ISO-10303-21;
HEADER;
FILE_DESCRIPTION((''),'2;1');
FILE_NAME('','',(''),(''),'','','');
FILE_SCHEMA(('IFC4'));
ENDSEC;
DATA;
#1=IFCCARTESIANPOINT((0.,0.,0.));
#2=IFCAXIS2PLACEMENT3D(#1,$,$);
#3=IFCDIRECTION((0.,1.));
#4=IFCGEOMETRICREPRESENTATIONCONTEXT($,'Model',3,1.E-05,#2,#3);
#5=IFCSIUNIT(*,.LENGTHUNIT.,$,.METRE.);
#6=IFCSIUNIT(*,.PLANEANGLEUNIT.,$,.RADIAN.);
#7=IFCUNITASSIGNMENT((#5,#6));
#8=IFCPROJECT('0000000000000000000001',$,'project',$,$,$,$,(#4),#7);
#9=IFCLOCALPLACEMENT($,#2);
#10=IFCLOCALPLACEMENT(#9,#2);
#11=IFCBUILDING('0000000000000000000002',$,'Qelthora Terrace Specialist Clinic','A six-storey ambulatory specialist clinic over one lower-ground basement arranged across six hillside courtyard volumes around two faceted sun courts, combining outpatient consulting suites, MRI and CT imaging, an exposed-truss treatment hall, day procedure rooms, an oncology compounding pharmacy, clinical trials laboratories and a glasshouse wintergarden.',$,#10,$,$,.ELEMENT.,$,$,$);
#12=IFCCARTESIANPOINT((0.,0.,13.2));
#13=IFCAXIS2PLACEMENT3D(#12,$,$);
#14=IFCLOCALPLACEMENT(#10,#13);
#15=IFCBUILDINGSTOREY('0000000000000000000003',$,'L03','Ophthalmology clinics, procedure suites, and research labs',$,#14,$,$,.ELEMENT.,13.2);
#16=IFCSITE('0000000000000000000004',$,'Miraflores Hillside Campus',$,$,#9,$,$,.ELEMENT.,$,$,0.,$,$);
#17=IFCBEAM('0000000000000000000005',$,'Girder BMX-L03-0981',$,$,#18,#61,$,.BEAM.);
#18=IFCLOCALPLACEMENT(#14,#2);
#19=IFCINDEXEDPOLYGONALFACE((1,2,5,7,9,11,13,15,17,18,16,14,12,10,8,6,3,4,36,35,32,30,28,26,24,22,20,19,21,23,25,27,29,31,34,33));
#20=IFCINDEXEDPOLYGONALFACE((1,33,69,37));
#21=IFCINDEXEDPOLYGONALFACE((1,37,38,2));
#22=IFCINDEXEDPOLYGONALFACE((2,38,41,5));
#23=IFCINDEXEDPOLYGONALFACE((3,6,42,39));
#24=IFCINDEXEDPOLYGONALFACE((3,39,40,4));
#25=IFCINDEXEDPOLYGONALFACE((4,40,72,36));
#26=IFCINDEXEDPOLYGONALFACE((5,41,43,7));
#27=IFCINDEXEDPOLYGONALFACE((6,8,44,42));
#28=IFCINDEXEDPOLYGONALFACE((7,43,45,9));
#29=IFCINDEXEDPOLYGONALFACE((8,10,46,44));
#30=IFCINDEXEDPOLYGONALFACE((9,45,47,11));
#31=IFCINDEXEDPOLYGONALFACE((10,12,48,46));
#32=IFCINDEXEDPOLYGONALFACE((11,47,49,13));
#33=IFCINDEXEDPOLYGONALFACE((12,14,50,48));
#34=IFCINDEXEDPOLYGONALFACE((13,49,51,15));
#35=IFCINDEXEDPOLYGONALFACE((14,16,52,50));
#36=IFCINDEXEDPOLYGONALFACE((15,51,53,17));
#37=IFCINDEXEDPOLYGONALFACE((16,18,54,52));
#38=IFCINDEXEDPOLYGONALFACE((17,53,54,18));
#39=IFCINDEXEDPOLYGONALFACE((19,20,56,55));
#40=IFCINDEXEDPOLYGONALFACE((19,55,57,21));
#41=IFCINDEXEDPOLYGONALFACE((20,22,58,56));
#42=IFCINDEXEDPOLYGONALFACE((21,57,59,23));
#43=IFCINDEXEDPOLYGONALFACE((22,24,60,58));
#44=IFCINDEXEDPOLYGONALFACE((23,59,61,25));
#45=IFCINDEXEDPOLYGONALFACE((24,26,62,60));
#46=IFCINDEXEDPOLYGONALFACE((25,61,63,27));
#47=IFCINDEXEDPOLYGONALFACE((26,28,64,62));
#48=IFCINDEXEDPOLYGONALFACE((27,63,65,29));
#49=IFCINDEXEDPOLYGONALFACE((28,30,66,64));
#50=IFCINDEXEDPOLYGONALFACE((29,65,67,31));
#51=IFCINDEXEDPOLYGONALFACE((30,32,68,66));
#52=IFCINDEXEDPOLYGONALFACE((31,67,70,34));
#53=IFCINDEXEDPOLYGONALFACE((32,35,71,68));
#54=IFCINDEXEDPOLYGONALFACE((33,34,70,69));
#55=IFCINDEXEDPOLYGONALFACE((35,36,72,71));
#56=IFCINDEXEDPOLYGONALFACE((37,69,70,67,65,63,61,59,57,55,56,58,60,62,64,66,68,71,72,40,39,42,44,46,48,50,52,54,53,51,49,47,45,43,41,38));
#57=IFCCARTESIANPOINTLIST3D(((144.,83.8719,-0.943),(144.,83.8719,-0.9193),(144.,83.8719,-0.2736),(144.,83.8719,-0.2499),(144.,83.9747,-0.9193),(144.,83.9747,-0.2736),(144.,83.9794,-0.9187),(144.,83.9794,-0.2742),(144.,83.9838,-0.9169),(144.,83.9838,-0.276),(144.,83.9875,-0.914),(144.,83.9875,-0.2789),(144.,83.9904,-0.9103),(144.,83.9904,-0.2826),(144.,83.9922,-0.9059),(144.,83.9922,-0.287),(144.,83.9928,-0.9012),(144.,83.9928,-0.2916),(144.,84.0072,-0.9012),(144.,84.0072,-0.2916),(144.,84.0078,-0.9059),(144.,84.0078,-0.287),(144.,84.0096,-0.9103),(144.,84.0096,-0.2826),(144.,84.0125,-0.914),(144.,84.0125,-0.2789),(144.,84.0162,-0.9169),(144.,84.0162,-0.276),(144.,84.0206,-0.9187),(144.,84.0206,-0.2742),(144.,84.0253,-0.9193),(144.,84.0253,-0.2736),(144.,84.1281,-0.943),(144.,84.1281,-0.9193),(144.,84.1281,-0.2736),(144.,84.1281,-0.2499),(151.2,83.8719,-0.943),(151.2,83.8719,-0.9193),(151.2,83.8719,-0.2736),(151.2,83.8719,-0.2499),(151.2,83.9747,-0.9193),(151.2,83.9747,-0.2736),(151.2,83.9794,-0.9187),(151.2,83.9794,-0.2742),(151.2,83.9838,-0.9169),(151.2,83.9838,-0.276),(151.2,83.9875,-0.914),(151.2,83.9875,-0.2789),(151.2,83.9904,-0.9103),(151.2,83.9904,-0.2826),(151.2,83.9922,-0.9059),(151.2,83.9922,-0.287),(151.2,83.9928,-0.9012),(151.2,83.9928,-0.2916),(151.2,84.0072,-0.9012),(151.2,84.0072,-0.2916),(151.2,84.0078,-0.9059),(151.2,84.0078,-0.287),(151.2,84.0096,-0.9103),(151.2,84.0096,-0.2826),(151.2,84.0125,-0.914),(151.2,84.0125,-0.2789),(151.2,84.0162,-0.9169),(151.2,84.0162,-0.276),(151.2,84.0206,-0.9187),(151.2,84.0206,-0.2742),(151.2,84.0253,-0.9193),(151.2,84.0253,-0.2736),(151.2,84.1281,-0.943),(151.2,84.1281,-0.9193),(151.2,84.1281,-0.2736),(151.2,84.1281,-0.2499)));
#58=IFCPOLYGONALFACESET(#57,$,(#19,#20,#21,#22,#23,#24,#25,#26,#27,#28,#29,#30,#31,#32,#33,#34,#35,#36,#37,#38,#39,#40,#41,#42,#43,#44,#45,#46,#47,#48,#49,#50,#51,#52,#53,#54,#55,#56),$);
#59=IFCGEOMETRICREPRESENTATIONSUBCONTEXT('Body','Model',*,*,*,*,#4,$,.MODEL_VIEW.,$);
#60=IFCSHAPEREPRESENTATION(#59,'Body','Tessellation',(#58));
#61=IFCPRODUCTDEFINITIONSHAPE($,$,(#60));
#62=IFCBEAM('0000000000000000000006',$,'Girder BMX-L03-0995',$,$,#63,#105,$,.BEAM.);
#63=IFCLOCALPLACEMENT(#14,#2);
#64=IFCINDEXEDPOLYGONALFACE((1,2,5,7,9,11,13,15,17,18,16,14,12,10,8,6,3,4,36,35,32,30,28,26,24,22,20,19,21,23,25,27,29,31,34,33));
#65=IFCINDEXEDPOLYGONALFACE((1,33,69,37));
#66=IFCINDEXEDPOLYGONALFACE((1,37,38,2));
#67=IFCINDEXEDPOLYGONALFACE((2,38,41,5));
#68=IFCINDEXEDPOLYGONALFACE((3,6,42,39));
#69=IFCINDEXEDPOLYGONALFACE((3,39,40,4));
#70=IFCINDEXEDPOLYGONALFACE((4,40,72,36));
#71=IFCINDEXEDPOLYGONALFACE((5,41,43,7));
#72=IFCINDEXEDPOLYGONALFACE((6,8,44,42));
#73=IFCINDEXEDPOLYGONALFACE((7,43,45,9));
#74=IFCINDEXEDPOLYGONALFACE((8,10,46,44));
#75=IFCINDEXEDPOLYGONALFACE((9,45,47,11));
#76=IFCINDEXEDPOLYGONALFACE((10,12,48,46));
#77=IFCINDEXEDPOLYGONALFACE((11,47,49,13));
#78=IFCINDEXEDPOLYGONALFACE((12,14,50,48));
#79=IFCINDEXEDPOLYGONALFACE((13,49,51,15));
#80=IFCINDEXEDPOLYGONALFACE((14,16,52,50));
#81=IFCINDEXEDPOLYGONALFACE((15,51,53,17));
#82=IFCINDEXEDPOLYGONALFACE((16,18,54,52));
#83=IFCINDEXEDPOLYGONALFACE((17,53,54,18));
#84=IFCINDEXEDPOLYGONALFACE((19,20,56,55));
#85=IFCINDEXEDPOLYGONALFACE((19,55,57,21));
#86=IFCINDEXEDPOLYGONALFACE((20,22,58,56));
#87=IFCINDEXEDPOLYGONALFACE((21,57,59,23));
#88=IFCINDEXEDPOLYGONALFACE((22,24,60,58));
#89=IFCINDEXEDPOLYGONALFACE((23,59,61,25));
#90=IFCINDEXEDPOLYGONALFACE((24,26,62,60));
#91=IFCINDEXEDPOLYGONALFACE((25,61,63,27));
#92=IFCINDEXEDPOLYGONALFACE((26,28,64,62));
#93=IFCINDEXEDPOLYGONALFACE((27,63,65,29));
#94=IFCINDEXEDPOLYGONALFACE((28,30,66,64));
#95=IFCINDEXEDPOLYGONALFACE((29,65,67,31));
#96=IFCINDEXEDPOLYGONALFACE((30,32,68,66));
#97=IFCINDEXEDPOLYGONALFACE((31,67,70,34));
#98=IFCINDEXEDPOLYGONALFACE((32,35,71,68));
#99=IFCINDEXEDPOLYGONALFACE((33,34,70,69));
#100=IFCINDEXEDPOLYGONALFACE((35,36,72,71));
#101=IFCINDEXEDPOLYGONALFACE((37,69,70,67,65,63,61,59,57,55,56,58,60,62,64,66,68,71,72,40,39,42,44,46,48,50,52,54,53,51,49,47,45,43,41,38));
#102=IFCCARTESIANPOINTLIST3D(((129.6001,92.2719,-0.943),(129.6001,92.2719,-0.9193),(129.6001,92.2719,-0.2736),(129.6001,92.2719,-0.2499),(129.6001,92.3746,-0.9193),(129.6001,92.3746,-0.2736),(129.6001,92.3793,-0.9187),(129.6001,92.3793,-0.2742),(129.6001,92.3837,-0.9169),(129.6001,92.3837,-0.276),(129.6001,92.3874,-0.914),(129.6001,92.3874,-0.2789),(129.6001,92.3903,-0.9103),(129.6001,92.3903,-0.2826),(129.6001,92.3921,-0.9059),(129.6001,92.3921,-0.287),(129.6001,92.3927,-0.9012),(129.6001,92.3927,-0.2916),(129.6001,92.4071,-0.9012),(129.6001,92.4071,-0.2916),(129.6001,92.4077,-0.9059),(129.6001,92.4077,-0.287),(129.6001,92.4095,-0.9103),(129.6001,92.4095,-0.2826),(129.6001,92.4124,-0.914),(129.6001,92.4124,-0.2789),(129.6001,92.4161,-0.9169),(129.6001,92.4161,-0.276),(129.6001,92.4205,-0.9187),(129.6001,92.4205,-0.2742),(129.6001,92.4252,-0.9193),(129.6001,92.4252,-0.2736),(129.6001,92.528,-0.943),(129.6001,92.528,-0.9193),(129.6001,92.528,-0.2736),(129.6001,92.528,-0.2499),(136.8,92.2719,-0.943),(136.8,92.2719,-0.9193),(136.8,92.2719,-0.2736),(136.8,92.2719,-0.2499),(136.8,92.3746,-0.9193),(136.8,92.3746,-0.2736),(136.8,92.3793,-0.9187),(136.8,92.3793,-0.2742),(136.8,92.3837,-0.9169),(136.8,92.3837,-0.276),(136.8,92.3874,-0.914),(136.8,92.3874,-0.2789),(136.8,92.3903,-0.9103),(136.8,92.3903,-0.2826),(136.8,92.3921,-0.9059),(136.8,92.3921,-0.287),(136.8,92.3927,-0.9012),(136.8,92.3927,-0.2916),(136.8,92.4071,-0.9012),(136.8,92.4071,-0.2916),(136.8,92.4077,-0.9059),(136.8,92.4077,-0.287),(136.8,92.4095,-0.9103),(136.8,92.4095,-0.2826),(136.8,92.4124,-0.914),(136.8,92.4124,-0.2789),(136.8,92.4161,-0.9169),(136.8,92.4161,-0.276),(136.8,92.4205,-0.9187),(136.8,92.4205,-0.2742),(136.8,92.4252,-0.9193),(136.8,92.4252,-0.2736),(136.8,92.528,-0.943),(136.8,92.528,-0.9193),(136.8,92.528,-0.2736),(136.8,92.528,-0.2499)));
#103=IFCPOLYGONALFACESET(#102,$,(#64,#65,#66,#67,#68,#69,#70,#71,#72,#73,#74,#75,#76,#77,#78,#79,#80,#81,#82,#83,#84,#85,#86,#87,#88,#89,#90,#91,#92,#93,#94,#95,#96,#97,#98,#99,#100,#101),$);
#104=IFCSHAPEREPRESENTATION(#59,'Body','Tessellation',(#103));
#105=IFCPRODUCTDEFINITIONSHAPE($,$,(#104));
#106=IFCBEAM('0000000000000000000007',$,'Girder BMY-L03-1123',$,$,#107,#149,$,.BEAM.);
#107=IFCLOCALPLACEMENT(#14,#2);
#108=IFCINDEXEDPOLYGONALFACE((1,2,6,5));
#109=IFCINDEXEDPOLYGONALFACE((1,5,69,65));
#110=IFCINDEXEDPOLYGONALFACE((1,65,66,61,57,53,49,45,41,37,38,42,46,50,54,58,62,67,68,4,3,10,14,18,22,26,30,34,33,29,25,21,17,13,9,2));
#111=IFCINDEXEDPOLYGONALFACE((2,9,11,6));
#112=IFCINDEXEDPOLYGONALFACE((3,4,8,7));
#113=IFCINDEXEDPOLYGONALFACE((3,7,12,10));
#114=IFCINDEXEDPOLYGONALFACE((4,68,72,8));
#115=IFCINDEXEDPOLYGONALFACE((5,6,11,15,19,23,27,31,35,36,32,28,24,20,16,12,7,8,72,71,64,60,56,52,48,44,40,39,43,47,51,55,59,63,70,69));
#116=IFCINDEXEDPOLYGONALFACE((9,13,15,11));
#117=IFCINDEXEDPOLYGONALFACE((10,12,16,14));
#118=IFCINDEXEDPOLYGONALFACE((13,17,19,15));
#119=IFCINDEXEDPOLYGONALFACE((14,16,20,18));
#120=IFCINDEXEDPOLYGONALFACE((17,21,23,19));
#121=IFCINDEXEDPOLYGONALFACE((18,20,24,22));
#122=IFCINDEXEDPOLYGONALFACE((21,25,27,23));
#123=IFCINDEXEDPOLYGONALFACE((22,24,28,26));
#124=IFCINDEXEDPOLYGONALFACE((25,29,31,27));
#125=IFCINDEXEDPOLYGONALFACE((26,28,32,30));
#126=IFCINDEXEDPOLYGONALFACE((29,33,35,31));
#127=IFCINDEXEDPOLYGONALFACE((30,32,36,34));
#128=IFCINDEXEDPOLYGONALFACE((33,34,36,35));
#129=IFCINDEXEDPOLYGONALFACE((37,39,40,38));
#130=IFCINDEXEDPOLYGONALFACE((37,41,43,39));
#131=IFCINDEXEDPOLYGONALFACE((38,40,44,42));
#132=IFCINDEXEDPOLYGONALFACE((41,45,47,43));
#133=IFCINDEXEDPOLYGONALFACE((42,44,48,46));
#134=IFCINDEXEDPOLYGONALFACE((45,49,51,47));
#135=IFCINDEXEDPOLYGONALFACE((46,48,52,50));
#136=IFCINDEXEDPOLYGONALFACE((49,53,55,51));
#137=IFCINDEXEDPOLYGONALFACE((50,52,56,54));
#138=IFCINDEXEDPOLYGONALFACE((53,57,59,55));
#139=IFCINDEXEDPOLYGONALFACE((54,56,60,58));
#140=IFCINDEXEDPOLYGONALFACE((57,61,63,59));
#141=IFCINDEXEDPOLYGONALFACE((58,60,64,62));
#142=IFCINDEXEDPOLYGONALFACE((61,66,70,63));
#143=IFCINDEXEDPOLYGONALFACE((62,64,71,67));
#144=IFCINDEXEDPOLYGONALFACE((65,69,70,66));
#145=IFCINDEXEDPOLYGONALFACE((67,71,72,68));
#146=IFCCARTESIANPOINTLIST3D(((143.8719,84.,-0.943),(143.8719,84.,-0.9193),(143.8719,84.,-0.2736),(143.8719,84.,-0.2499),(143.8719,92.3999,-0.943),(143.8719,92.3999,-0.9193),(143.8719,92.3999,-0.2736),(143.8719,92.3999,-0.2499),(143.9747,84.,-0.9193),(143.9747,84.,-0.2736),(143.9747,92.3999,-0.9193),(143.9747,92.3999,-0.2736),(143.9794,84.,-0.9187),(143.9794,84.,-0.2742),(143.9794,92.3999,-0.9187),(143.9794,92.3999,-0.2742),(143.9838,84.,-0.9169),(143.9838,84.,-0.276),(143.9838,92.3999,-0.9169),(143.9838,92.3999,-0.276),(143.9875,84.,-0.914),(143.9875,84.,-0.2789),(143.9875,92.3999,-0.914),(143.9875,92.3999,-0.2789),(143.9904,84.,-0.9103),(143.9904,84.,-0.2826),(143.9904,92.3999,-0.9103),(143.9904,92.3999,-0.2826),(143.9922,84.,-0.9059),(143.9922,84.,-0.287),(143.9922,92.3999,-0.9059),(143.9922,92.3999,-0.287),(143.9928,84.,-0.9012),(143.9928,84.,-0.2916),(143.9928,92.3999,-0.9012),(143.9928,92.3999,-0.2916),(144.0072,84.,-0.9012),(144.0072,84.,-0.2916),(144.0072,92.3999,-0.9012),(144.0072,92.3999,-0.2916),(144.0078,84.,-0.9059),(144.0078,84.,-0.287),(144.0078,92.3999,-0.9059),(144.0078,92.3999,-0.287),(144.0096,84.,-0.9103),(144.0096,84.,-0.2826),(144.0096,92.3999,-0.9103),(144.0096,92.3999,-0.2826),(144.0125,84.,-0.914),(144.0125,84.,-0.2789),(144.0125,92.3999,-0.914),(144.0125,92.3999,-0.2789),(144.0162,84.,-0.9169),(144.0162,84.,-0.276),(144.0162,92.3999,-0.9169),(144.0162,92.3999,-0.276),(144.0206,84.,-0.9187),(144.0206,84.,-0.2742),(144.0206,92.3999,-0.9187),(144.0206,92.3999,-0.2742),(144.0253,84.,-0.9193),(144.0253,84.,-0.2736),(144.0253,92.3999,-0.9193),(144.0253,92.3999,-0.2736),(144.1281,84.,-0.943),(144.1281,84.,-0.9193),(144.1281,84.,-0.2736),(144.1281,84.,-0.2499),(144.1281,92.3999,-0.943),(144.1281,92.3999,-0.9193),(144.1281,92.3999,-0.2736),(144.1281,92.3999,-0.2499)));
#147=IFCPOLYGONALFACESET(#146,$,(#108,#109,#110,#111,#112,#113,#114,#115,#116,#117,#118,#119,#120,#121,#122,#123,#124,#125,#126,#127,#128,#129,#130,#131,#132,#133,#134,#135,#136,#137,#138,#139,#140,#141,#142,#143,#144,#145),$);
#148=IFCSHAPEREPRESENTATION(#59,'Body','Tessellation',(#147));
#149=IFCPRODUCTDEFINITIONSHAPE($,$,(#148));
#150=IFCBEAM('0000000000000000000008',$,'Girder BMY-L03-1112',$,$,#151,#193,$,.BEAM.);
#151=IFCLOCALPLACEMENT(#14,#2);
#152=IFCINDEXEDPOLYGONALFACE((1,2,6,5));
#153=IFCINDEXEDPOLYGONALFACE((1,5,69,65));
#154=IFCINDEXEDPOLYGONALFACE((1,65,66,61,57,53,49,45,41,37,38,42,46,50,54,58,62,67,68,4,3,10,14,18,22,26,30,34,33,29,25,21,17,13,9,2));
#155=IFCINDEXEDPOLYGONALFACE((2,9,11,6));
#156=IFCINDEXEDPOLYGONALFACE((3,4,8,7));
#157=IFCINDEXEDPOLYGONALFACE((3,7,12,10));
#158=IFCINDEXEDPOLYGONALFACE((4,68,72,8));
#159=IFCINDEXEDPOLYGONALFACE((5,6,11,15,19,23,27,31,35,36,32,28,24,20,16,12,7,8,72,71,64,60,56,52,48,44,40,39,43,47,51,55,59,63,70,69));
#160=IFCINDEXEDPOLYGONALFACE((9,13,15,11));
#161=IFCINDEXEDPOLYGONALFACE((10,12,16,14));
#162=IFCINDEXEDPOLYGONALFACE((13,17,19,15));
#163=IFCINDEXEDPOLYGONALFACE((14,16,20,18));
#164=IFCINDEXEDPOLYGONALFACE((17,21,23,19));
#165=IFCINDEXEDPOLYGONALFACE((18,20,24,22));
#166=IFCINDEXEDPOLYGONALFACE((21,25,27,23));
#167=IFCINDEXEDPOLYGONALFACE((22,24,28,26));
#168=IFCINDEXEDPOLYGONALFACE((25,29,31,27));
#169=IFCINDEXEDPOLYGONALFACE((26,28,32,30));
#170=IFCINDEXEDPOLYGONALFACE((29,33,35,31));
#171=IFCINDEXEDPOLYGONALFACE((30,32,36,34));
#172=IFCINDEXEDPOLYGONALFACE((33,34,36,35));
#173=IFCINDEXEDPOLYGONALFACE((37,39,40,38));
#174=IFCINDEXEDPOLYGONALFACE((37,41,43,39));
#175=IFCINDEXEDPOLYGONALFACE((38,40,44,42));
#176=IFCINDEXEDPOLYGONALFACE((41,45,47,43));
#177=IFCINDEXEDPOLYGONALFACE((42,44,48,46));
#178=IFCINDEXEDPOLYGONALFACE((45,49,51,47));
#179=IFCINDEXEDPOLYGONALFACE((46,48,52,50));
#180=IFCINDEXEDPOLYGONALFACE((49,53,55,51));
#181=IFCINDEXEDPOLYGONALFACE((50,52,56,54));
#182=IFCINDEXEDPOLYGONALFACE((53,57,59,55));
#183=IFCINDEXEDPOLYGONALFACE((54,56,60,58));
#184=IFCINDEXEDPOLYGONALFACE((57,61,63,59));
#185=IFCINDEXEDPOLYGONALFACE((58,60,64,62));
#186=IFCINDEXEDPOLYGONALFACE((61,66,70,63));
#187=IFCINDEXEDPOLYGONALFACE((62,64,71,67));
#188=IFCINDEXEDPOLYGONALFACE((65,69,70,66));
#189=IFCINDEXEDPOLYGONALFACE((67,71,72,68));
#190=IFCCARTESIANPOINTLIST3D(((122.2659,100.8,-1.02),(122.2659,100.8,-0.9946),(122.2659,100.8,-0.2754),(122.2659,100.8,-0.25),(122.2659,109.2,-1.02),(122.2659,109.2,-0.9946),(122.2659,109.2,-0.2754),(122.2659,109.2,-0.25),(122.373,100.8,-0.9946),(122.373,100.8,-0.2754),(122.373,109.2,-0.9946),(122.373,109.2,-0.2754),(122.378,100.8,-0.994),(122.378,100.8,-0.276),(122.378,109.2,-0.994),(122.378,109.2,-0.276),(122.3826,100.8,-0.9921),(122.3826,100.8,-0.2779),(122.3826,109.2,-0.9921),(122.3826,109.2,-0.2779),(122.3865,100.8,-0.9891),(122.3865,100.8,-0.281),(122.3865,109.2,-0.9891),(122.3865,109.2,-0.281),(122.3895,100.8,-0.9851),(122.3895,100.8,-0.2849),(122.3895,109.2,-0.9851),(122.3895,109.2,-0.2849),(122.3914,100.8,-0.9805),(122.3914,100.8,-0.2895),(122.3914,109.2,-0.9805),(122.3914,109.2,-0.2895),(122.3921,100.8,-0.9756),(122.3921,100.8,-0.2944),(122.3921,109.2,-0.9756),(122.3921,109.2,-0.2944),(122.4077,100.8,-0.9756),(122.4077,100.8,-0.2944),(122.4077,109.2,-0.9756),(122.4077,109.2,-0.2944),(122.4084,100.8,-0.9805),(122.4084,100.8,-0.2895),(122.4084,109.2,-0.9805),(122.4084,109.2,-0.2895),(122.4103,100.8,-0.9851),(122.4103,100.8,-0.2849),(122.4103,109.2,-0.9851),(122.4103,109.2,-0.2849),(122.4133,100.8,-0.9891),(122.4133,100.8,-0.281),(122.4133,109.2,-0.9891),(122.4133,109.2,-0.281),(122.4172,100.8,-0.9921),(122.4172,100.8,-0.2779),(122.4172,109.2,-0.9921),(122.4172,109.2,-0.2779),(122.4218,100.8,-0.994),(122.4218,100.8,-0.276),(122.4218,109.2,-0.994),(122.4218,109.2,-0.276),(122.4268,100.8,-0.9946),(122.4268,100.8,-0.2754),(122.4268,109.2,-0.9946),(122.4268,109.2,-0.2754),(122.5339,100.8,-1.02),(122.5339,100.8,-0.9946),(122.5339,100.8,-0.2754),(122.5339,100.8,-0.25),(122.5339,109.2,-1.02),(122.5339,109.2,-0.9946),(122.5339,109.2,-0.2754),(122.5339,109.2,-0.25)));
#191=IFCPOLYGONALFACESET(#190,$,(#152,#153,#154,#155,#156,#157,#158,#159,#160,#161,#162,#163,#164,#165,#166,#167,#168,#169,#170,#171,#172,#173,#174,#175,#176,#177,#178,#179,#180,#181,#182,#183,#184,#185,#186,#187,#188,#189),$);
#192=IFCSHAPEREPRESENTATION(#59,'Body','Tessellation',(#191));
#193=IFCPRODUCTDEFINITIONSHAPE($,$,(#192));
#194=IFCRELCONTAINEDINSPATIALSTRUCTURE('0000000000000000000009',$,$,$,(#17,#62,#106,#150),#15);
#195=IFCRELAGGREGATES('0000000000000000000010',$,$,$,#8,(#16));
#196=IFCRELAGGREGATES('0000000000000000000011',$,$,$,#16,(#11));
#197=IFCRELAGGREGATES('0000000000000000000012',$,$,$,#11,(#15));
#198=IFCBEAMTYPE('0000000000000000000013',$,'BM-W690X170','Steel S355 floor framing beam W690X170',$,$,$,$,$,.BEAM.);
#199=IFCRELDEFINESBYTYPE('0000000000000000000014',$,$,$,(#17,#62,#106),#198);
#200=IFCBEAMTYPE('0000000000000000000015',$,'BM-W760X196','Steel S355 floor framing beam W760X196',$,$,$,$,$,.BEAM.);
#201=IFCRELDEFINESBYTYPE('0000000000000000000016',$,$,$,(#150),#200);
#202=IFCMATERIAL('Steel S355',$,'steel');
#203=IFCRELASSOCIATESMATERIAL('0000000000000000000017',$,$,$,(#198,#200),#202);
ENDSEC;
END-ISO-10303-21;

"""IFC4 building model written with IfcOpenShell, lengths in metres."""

from ifc_helpers import new_model, si_unit, direction, frame, origin, origin_2d, place, context, subcontext, project, spatial, i_section, extrude, material, material_profile, profile_set, type_object, element, save


model = new_model("IFC4")

# Units and contexts
model_context = context("Model", 3, precision=1e-05, world=origin(), true_north=direction((0.0, 1.0)))
body_context = subcontext(model_context, "Body", "Model", "MODEL_VIEW")
ifc_project = project(units=[si_unit("LENGTHUNIT", "METRE"), si_unit("PLANEANGLEUNIT", "RADIAN")], contexts=[model_context])

# Site, building, storey
site_placement = place(None, origin())
site = spatial("IfcSite", under=ifc_project, at=site_placement, Name="Miraflores Hillside Campus", CompositionType="ELEMENT", RefElevation=0.0)
building_placement = place(site_placement, origin())
building = spatial("IfcBuilding", under=site, at=building_placement, Name="Qelthora Terrace Specialist Clinic", Description="A six-storey ambulatory specialist clinic over one lower-ground basement arranged across six hillside courtyard volumes around two faceted sun courts, combining outpatient consulting suites, MRI and CT imaging, an exposed-truss treatment hall, day procedure rooms, an oncology compounding pharmacy, clinical trials laboratories and a glasshouse wintergarden.", CompositionType="ELEMENT")
storey_placement = place(building_placement, frame((0.0, 0.0, 13.2)))
storey = spatial("IfcBuildingStorey", under=building, at=storey_placement, Name="L03", Description="Ophthalmology clinics, procedure suites, and research labs", CompositionType="ELEMENT", Elevation=13.2)

# Beams
ifc_material_1 = material(Name="Steel S355", Category="steel")
ifc_material_profile_1 = material_profile(ifc_material_1, i_section(OverallWidth=0.2561, OverallDepth=0.6931, WebThickness=0.0144, FlangeThickness=0.0237, FilletRadius=0.0181, at=origin_2d()), Name="W690X170")
ifc_profile_set_1 = profile_set([ifc_material_profile_1], Name="Steel S355")
beam_type_1 = type_object("IfcBeamType", Name="BM-W690X170", Description="Steel S355 floor framing beam W690X170", PredefinedType="BEAM", material=ifc_profile_set_1)
for number, where, z_axis, x_axis, name in (
    (1, (144.0, 84.0, -0.5964), (1.0, 0.0, 0.0), (0.0, 1.0, 0.0), "Girder BMX-L03-0981"),
    (2, (129.6001, 92.3999, -0.5964), (1.0, 0.0, 0.0), (0.0, 1.0, 0.0), "Girder BMX-L03-0995"),
):
    element("IfcBeam", number, at=place(storey_placement, frame(where, z_axis=z_axis, x_axis=x_axis)), inside=storey, type_object=beam_type_1, Name=name, PredefinedType="BEAM", context=body_context, shape_type="SweptSolid", body=[
        extrude(i_section(OverallWidth=0.2561, OverallDepth=0.6931, WebThickness=0.0144, FlangeThickness=0.0237, FilletRadius=0.0181, at=origin_2d()), origin(), (0.0, 0.0, 1.0), 7.2),
    ])
beam_1_placement = place(storey_placement, frame((144.0, 84.0, -0.5964), z_axis=(0.0, 1.0, 0.0), x_axis=(-1.0, 0.0, 0.0)))
element("IfcBeam", 3, at=beam_1_placement, inside=storey, type_object=beam_type_1, Name="Girder BMY-L03-1123", PredefinedType="BEAM", context=body_context, shape_type="SweptSolid", body=[
    extrude(i_section(OverallWidth=0.2561, OverallDepth=0.6931, WebThickness=0.0144, FlangeThickness=0.0237, FilletRadius=0.0181, at=origin_2d()), origin(), (0.0, 0.0, 1.0), 8.3999),
])
ifc_material_profile_2 = material_profile(ifc_material_1, i_section(OverallWidth=0.2681, OverallDepth=0.77, WebThickness=0.0156, FlangeThickness=0.0254, FilletRadius=0.019, at=origin_2d()), Name="W760X196")
ifc_profile_set_2 = profile_set([ifc_material_profile_2], Name="Steel S355")
beam_type_2 = type_object("IfcBeamType", Name="BM-W760X196", Description="Steel S355 floor framing beam W760X196", PredefinedType="BEAM", material=ifc_profile_set_2)
for number, where, z_axis, x_axis, name in (
    (4, (122.3999, 100.8, -0.635), (0.0, 1.0, 0.0), (-1.0, 0.0, 0.0), "Girder BMY-L03-1112"),
):
    element("IfcBeam", number, at=place(storey_placement, frame(where, z_axis=z_axis, x_axis=x_axis)), inside=storey, type_object=beam_type_2, Name=name, PredefinedType="BEAM", context=body_context, shape_type="SweptSolid", body=[
        extrude(i_section(OverallWidth=0.2681, OverallDepth=0.77, WebThickness=0.0156, FlangeThickness=0.0254, FilletRadius=0.019, at=origin_2d()), origin(), (0.0, 0.0, 1.0), 8.3999),
    ])

save(model, "model.ifc")
